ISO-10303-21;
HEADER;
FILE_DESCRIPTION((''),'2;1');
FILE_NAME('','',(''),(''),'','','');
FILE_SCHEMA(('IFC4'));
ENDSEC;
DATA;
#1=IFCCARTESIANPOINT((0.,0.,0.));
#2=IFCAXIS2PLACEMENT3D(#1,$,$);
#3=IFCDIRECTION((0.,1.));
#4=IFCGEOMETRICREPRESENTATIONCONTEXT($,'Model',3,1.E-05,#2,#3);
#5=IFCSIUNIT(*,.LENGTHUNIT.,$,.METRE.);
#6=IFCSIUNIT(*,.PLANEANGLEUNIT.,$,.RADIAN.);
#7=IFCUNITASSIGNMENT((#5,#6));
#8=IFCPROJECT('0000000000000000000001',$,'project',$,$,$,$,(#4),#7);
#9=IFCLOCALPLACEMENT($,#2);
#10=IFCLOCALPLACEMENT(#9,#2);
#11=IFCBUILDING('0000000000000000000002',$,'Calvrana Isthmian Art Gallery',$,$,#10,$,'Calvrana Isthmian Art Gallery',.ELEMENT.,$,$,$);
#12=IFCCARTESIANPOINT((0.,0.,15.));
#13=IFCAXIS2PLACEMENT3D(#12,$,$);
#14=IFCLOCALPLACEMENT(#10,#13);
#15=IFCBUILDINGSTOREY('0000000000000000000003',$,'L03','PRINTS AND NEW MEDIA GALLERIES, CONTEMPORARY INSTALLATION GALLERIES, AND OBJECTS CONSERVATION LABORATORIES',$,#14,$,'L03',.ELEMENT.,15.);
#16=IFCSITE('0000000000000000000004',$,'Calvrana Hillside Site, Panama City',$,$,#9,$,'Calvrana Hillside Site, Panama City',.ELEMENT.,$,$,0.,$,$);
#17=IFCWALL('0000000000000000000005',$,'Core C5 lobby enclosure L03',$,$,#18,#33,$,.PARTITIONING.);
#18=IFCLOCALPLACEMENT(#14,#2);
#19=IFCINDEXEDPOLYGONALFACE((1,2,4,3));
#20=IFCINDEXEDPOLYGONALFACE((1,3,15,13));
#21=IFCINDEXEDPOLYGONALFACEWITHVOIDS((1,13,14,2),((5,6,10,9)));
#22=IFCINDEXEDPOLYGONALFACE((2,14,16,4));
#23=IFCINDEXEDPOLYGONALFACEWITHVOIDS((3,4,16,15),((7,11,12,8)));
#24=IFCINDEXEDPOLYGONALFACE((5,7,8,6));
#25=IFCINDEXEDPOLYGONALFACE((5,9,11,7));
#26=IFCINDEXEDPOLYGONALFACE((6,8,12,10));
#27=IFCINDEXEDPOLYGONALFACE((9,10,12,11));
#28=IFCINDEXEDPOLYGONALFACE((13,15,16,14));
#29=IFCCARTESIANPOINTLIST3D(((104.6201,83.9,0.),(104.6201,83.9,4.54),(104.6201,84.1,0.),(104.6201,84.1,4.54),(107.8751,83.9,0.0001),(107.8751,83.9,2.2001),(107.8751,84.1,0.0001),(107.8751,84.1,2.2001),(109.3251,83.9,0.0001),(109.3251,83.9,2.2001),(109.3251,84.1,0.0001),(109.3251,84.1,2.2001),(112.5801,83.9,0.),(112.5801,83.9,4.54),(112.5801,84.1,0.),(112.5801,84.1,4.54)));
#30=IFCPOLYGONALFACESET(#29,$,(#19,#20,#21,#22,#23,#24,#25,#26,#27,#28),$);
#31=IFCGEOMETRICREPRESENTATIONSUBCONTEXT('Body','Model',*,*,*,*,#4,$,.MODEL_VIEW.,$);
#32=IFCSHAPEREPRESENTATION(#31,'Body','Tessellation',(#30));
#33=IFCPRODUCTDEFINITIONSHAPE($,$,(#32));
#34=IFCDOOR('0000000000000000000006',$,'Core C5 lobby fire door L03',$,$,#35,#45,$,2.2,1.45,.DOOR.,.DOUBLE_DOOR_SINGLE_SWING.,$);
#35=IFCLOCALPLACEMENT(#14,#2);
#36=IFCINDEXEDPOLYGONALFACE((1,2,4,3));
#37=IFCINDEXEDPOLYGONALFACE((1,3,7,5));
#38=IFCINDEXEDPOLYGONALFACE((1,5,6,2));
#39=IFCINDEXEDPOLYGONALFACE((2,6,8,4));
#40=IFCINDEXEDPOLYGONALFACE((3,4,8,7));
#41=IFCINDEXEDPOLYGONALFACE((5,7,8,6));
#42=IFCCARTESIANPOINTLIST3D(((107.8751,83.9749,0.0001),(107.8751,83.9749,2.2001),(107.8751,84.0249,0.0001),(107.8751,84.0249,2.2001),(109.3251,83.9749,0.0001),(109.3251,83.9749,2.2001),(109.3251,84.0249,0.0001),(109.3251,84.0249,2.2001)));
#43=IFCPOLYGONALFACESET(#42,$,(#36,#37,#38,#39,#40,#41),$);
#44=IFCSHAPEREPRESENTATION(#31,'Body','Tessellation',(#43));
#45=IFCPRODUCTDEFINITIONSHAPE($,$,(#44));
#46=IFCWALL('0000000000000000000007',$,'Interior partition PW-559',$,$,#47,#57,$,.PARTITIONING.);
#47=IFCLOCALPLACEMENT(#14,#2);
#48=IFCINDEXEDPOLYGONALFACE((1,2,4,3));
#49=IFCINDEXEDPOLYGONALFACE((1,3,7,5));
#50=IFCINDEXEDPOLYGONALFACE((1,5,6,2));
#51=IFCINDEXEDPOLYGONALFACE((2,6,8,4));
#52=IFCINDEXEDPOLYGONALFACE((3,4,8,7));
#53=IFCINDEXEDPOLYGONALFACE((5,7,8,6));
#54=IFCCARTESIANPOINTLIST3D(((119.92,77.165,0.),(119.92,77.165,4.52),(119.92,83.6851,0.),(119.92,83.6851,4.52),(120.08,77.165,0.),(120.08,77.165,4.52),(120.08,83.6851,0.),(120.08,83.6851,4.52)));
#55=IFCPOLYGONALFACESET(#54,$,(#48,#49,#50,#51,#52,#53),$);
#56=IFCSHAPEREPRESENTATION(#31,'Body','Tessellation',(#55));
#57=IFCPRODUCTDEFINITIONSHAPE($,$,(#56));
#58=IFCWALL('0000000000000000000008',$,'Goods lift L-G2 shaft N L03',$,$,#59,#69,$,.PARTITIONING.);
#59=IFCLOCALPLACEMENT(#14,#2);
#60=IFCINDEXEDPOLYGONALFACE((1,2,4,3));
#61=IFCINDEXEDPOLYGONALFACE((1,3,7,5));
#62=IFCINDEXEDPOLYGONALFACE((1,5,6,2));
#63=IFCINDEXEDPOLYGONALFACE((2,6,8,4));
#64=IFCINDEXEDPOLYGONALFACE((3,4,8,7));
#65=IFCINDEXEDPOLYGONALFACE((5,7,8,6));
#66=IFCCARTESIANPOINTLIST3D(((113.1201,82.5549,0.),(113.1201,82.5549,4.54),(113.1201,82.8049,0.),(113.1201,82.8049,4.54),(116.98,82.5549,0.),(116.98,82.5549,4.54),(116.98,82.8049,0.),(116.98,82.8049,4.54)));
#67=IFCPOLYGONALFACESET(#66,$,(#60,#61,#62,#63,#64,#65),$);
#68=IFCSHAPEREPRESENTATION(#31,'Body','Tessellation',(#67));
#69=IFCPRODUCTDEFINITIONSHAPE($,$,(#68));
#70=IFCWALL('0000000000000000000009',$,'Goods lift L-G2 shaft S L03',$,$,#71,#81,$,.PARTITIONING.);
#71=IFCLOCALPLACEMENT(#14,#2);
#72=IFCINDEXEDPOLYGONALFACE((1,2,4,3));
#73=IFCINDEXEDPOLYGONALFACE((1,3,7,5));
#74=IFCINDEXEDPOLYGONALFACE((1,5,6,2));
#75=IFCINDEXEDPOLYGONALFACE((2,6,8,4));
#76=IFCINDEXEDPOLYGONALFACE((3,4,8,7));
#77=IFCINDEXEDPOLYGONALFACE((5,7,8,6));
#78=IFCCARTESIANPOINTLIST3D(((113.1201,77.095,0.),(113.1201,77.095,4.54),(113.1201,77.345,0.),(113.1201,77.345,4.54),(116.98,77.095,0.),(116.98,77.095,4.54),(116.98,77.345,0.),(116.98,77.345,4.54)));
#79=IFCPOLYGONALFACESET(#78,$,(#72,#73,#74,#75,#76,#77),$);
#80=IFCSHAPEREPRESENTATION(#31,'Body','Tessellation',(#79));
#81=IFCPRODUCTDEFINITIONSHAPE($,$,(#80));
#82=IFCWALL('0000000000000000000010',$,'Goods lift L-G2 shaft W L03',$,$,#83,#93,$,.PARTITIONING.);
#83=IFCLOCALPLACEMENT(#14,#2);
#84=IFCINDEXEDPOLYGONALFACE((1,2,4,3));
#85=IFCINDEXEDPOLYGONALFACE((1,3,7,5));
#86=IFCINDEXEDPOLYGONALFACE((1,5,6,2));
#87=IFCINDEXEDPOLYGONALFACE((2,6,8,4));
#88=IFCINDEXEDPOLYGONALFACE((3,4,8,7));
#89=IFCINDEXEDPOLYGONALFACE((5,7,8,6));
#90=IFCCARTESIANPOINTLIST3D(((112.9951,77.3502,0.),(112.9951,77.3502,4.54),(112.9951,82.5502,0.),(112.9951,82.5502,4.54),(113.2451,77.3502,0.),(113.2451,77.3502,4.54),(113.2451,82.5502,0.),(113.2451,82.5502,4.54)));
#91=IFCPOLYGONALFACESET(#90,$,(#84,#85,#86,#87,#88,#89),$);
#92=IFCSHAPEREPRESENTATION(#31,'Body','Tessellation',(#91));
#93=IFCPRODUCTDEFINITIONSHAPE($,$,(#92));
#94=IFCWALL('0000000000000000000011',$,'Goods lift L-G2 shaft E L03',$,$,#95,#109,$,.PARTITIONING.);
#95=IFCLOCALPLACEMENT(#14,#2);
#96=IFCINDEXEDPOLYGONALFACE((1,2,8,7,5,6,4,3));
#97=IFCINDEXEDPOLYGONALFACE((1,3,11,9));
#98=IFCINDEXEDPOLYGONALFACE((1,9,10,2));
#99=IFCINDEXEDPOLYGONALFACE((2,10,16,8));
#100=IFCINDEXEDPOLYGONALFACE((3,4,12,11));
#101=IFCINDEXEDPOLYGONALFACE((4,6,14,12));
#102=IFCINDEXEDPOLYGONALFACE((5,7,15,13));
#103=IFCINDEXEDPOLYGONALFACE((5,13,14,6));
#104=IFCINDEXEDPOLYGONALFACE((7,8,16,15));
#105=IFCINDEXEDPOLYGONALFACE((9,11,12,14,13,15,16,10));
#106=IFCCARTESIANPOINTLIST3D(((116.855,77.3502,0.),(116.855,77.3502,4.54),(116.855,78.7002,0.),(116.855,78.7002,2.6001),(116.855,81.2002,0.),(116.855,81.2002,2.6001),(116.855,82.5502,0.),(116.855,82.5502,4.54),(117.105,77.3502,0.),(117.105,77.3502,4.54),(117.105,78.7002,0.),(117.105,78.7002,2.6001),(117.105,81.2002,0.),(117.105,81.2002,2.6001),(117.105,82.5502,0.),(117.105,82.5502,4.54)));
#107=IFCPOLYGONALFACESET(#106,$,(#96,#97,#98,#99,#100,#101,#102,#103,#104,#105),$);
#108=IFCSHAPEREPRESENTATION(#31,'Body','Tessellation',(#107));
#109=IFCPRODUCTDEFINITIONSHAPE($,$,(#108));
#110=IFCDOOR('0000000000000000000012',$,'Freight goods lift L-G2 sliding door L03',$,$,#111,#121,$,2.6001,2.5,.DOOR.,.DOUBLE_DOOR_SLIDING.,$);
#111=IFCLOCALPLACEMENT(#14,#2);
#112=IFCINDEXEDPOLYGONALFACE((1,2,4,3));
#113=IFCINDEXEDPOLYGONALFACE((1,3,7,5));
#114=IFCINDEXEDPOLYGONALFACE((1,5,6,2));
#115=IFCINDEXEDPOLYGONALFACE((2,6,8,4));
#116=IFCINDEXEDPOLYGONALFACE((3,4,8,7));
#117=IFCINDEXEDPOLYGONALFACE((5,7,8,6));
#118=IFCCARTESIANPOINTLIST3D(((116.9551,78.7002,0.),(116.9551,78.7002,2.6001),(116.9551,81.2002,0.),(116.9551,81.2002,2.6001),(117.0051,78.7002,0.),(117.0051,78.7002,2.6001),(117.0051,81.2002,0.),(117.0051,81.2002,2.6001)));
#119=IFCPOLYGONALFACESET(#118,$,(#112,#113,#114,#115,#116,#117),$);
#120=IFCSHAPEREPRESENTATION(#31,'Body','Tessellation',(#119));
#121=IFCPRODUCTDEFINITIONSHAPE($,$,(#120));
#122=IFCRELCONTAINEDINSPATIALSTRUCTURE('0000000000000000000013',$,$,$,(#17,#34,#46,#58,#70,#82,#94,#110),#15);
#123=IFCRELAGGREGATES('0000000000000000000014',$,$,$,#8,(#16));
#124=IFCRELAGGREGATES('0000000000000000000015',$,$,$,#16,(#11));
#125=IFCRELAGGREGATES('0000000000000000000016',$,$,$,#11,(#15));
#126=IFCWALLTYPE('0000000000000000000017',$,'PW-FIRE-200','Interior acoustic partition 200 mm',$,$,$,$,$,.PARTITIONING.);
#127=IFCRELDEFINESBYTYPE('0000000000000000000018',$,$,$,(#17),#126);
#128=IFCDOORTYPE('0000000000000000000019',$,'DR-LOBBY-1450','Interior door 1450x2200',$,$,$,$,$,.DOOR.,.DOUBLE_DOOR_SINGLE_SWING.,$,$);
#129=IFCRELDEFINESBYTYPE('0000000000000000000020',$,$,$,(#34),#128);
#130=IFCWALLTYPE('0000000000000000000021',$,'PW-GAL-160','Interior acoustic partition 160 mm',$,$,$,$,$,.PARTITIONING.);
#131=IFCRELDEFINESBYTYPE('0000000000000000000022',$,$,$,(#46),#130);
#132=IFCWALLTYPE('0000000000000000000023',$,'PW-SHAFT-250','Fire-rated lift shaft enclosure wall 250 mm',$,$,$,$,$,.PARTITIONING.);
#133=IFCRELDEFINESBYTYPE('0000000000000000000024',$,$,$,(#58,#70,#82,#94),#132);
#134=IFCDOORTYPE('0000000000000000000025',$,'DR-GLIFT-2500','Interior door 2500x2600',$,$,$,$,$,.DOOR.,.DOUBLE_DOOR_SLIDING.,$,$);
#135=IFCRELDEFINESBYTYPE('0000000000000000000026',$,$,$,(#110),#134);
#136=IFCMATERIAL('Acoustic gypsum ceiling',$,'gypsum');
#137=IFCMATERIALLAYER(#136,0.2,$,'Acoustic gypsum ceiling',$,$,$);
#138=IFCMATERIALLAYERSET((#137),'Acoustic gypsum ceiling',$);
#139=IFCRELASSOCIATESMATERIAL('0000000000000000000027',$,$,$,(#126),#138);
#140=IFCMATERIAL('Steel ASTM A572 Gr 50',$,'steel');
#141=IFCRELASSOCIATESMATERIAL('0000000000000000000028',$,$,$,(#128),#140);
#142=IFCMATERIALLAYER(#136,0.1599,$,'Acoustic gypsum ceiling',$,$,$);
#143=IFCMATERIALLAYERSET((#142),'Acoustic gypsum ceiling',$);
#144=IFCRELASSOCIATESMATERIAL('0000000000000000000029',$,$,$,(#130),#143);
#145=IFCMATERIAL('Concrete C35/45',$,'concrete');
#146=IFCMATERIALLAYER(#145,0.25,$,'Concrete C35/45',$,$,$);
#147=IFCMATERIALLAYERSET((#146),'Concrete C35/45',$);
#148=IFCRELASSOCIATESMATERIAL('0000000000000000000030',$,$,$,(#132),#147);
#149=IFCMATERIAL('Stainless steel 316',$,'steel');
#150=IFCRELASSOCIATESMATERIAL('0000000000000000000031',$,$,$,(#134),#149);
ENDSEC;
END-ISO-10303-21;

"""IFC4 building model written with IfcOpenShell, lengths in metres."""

from ifc_helpers import new_model, si_unit, direction, frame, frame_2d, origin, place, context, subcontext, project, spatial, rectangle, extrude, material, layer, layer_set, type_object, element, fill, save


model = new_model("IFC4")

# Units and contexts
model_context = context("Model", 3, precision=1e-05, world=origin(), true_north=direction((0.0, 1.0)))
body_context = subcontext(model_context, "Body", "Model", "MODEL_VIEW")
ifc_project = project(units=[si_unit("LENGTHUNIT", "METRE"), si_unit("PLANEANGLEUNIT", "RADIAN")], contexts=[model_context])

# Site, building, storey
site_placement = place(None, origin())
site = spatial("IfcSite", under=ifc_project, at=site_placement, Name="Calvrana Hillside Site, Panama City", LongName="Calvrana Hillside Site, Panama City", CompositionType="ELEMENT", RefElevation=0.0)
building_placement = place(site_placement, origin())
building = spatial("IfcBuilding", under=site, at=building_placement, Name="Calvrana Isthmian Art Gallery", LongName="Calvrana Isthmian Art Gallery", CompositionType="ELEMENT")
storey_placement = place(building_placement, frame((0.0, 0.0, 15.0)))
storey = spatial("IfcBuildingStorey", under=building, at=storey_placement, Name="L03", Description="PRINTS AND NEW MEDIA GALLERIES, CONTEMPORARY INSTALLATION GALLERIES, AND OBJECTS CONSERVATION LABORATORIES", LongName="L03", CompositionType="ELEMENT", Elevation=15.0)

# Shared definitions
ifc_material_1 = material(Name="Steel ASTM A572 Gr 50", Category="steel")

# Shared definitions
ifc_material_2 = material(Name="Acoustic gypsum ceiling", Category="gypsum")
ifc_layer_1 = layer(ifc_material_2, 0.2, Name="Acoustic gypsum ceiling")
ifc_layer_set_1 = layer_set([ifc_layer_1], Name="Acoustic gypsum ceiling")
wall_type_1 = type_object("IfcWallType", Name="PW-FIRE-200", Description="Interior acoustic partition 200 mm", PredefinedType="PARTITIONING", material=ifc_layer_set_1)

# Wall, opening, door
wall_1_placement = place(storey_placement, frame((104.6201, 84.0, 0.0), z_axis=(0.0, 0.0, 1.0), x_axis=(1.0, 0.0, 0.0)))
wall_1 = element("IfcWall", 1, at=wall_1_placement, inside=storey, type_object=wall_type_1, Name="Core C5 lobby enclosure L03", PredefinedType="PARTITIONING", context=body_context, shape_type="SweptSolid", body=[
    extrude(rectangle(XDim=7.96, YDim=0.2, at=frame_2d((3.98, 0.0))), origin(), (0.0, 0.0, 1.0), 4.54),
])
opening_1_placement = place(wall_1_placement, frame((3.2549, 0.0, 0.0)))
opening_1 = element("IfcOpeningElement", 2, at=opening_1_placement, cuts=wall_1, PredefinedType="OPENING", context=body_context, shape_type="SweptSolid", body=[
    extrude(rectangle(XDim=1.45, YDim=2.2, at=frame_2d((0.7251, 1.1001))), frame((0.0, 0.1104, 0.0), z_axis=(0.0, -1.0, 0.0), x_axis=(1.0, 0.0, 0.0)), (0.0, 0.0, 1.0), 0.2205),
])
door_type_1 = type_object("IfcDoorType", Name="DR-LOBBY-1450", Description="Interior door 1450x2200", OperationType="DOUBLE_DOOR_SINGLE_SWING", PredefinedType="DOOR", material=ifc_material_1)
door_1_placement = place(opening_1_placement, origin())
door_1 = element("IfcDoor", 3, at=door_1_placement, inside=storey, type_object=door_type_1, Name="Core C5 lobby fire door L03", OperationType="DOUBLE_DOOR_SINGLE_SWING", OverallHeight=2.2, OverallWidth=1.45, PredefinedType="DOOR", context=body_context, shape_type="SweptSolid", body=[
    extrude(rectangle(XDim=1.45, YDim=2.2, at=frame_2d((0.7251, 1.1001))), frame((0.0, 0.0249, 0.0), z_axis=(0.0, -1.0, 0.0), x_axis=(1.0, 0.0, 0.0)), (0.0, 0.0, 1.0), 0.05),
])
fill(opening_1, door_1)

# Walls
ifc_layer_2 = layer(ifc_material_2, 0.1599, Name="Acoustic gypsum ceiling")
ifc_layer_set_2 = layer_set([ifc_layer_2], Name="Acoustic gypsum ceiling")
wall_type_2 = type_object("IfcWallType", Name="PW-GAL-160", Description="Interior acoustic partition 160 mm", PredefinedType="PARTITIONING", material=ifc_layer_set_2)
wall_2_placement = place(storey_placement, frame((120.0, 77.165, 0.0), z_axis=(0.0, 0.0, 1.0), x_axis=(0.0, 1.0, 0.0)))
element("IfcWall", 4, at=wall_2_placement, inside=storey, type_object=wall_type_2, Name="Interior partition PW-559", PredefinedType="PARTITIONING", context=body_context, shape_type="SweptSolid", body=[
    extrude(rectangle(XDim=6.52, YDim=0.1599, at=frame_2d((3.26, 0.0))), origin(), (0.0, 0.0, 1.0), 4.52),
])
ifc_material_3 = material(Name="Concrete C35/45", Category="concrete")
ifc_layer_3 = layer(ifc_material_3, 0.25, Name="Concrete C35/45")
ifc_layer_set_3 = layer_set([ifc_layer_3], Name="Concrete C35/45")
wall_type_3 = type_object("IfcWallType", Name="PW-SHAFT-250", Description="Fire-rated lift shaft enclosure wall 250 mm", PredefinedType="PARTITIONING", material=ifc_layer_set_3)
for number, where, z_axis, x_axis, name in (
    (5, (113.1201, 82.6799, 0.0), (0.0, 0.0, 1.0), (1.0, 0.0, 0.0), "Goods lift L-G2 shaft N L03"),
    (6, (113.1201, 77.22, 0.0), (0.0, 0.0, 1.0), (1.0, 0.0, 0.0), "Goods lift L-G2 shaft S L03"),
):
    element("IfcWall", number, at=place(storey_placement, frame(where, z_axis=z_axis, x_axis=x_axis)), inside=storey, type_object=wall_type_3, Name=name, PredefinedType="PARTITIONING", context=body_context, shape_type="SweptSolid", body=[
        extrude(rectangle(XDim=3.8599, YDim=0.25, at=frame_2d((1.9299, 0.0))), origin(), (0.0, 0.0, 1.0), 4.54),
    ])
wall_3_placement = place(storey_placement, frame((113.1201, 77.3501, 0.0), z_axis=(0.0, 0.0, 1.0), x_axis=(0.0, 1.0, 0.0)))
element("IfcWall", 7, at=wall_3_placement, inside=storey, type_object=wall_type_3, Name="Goods lift L-G2 shaft W L03", PredefinedType="PARTITIONING", context=body_context, shape_type="SweptSolid", body=[
    extrude(rectangle(XDim=5.2, YDim=0.25, at=frame_2d((2.6001, 0.0))), origin(), (0.0, 0.0, 1.0), 4.54),
])

# Wall, opening, door
wall_4_placement = place(storey_placement, frame((116.98, 77.3501, 0.0), z_axis=(0.0, 0.0, 1.0), x_axis=(0.0, 1.0, 0.0)))
wall_4 = element("IfcWall", 8, at=wall_4_placement, inside=storey, type_object=wall_type_3, Name="Goods lift L-G2 shaft E L03", PredefinedType="PARTITIONING", context=body_context, shape_type="SweptSolid", body=[
    extrude(rectangle(XDim=5.2, YDim=0.25, at=frame_2d((2.6001, 0.0))), origin(), (0.0, 0.0, 1.0), 4.54),
])
opening_2_placement = place(wall_4_placement, frame((1.3501, 0.0, 0.0)))
opening_2 = element("IfcOpeningElement", 9, at=opening_2_placement, cuts=wall_4, PredefinedType="OPENING", context=body_context, shape_type="SweptSolid", body=[
    extrude(rectangle(XDim=2.5, YDim=2.6001, at=frame_2d((1.25, 1.3))), frame((0.0, 0.1353, 0.0), z_axis=(0.0, -1.0, 0.0), x_axis=(1.0, 0.0, 0.0)), (0.0, 0.0, 1.0), 0.2705),
])
ifc_material_4 = material(Name="Stainless steel 316", Category="steel")
door_type_2 = type_object("IfcDoorType", Name="DR-GLIFT-2500", Description="Interior door 2500x2600", OperationType="DOUBLE_DOOR_SLIDING", PredefinedType="DOOR", material=ifc_material_4)
door_2_placement = place(opening_2_placement, origin())
door_2 = element("IfcDoor", 10, at=door_2_placement, inside=storey, type_object=door_type_2, Name="Freight goods lift L-G2 sliding door L03", OperationType="DOUBLE_DOOR_SLIDING", OverallHeight=2.6001, OverallWidth=2.5, PredefinedType="DOOR", context=body_context, shape_type="SweptSolid", body=[
    extrude(rectangle(XDim=2.5, YDim=2.6001, at=frame_2d((1.25, 1.3))), frame((0.0, 0.0249, 0.0), z_axis=(0.0, -1.0, 0.0), x_axis=(1.0, 0.0, 0.0)), (0.0, 0.0, 1.0), 0.05),
])
fill(opening_2, door_2)

save(model, "model.ifc")
